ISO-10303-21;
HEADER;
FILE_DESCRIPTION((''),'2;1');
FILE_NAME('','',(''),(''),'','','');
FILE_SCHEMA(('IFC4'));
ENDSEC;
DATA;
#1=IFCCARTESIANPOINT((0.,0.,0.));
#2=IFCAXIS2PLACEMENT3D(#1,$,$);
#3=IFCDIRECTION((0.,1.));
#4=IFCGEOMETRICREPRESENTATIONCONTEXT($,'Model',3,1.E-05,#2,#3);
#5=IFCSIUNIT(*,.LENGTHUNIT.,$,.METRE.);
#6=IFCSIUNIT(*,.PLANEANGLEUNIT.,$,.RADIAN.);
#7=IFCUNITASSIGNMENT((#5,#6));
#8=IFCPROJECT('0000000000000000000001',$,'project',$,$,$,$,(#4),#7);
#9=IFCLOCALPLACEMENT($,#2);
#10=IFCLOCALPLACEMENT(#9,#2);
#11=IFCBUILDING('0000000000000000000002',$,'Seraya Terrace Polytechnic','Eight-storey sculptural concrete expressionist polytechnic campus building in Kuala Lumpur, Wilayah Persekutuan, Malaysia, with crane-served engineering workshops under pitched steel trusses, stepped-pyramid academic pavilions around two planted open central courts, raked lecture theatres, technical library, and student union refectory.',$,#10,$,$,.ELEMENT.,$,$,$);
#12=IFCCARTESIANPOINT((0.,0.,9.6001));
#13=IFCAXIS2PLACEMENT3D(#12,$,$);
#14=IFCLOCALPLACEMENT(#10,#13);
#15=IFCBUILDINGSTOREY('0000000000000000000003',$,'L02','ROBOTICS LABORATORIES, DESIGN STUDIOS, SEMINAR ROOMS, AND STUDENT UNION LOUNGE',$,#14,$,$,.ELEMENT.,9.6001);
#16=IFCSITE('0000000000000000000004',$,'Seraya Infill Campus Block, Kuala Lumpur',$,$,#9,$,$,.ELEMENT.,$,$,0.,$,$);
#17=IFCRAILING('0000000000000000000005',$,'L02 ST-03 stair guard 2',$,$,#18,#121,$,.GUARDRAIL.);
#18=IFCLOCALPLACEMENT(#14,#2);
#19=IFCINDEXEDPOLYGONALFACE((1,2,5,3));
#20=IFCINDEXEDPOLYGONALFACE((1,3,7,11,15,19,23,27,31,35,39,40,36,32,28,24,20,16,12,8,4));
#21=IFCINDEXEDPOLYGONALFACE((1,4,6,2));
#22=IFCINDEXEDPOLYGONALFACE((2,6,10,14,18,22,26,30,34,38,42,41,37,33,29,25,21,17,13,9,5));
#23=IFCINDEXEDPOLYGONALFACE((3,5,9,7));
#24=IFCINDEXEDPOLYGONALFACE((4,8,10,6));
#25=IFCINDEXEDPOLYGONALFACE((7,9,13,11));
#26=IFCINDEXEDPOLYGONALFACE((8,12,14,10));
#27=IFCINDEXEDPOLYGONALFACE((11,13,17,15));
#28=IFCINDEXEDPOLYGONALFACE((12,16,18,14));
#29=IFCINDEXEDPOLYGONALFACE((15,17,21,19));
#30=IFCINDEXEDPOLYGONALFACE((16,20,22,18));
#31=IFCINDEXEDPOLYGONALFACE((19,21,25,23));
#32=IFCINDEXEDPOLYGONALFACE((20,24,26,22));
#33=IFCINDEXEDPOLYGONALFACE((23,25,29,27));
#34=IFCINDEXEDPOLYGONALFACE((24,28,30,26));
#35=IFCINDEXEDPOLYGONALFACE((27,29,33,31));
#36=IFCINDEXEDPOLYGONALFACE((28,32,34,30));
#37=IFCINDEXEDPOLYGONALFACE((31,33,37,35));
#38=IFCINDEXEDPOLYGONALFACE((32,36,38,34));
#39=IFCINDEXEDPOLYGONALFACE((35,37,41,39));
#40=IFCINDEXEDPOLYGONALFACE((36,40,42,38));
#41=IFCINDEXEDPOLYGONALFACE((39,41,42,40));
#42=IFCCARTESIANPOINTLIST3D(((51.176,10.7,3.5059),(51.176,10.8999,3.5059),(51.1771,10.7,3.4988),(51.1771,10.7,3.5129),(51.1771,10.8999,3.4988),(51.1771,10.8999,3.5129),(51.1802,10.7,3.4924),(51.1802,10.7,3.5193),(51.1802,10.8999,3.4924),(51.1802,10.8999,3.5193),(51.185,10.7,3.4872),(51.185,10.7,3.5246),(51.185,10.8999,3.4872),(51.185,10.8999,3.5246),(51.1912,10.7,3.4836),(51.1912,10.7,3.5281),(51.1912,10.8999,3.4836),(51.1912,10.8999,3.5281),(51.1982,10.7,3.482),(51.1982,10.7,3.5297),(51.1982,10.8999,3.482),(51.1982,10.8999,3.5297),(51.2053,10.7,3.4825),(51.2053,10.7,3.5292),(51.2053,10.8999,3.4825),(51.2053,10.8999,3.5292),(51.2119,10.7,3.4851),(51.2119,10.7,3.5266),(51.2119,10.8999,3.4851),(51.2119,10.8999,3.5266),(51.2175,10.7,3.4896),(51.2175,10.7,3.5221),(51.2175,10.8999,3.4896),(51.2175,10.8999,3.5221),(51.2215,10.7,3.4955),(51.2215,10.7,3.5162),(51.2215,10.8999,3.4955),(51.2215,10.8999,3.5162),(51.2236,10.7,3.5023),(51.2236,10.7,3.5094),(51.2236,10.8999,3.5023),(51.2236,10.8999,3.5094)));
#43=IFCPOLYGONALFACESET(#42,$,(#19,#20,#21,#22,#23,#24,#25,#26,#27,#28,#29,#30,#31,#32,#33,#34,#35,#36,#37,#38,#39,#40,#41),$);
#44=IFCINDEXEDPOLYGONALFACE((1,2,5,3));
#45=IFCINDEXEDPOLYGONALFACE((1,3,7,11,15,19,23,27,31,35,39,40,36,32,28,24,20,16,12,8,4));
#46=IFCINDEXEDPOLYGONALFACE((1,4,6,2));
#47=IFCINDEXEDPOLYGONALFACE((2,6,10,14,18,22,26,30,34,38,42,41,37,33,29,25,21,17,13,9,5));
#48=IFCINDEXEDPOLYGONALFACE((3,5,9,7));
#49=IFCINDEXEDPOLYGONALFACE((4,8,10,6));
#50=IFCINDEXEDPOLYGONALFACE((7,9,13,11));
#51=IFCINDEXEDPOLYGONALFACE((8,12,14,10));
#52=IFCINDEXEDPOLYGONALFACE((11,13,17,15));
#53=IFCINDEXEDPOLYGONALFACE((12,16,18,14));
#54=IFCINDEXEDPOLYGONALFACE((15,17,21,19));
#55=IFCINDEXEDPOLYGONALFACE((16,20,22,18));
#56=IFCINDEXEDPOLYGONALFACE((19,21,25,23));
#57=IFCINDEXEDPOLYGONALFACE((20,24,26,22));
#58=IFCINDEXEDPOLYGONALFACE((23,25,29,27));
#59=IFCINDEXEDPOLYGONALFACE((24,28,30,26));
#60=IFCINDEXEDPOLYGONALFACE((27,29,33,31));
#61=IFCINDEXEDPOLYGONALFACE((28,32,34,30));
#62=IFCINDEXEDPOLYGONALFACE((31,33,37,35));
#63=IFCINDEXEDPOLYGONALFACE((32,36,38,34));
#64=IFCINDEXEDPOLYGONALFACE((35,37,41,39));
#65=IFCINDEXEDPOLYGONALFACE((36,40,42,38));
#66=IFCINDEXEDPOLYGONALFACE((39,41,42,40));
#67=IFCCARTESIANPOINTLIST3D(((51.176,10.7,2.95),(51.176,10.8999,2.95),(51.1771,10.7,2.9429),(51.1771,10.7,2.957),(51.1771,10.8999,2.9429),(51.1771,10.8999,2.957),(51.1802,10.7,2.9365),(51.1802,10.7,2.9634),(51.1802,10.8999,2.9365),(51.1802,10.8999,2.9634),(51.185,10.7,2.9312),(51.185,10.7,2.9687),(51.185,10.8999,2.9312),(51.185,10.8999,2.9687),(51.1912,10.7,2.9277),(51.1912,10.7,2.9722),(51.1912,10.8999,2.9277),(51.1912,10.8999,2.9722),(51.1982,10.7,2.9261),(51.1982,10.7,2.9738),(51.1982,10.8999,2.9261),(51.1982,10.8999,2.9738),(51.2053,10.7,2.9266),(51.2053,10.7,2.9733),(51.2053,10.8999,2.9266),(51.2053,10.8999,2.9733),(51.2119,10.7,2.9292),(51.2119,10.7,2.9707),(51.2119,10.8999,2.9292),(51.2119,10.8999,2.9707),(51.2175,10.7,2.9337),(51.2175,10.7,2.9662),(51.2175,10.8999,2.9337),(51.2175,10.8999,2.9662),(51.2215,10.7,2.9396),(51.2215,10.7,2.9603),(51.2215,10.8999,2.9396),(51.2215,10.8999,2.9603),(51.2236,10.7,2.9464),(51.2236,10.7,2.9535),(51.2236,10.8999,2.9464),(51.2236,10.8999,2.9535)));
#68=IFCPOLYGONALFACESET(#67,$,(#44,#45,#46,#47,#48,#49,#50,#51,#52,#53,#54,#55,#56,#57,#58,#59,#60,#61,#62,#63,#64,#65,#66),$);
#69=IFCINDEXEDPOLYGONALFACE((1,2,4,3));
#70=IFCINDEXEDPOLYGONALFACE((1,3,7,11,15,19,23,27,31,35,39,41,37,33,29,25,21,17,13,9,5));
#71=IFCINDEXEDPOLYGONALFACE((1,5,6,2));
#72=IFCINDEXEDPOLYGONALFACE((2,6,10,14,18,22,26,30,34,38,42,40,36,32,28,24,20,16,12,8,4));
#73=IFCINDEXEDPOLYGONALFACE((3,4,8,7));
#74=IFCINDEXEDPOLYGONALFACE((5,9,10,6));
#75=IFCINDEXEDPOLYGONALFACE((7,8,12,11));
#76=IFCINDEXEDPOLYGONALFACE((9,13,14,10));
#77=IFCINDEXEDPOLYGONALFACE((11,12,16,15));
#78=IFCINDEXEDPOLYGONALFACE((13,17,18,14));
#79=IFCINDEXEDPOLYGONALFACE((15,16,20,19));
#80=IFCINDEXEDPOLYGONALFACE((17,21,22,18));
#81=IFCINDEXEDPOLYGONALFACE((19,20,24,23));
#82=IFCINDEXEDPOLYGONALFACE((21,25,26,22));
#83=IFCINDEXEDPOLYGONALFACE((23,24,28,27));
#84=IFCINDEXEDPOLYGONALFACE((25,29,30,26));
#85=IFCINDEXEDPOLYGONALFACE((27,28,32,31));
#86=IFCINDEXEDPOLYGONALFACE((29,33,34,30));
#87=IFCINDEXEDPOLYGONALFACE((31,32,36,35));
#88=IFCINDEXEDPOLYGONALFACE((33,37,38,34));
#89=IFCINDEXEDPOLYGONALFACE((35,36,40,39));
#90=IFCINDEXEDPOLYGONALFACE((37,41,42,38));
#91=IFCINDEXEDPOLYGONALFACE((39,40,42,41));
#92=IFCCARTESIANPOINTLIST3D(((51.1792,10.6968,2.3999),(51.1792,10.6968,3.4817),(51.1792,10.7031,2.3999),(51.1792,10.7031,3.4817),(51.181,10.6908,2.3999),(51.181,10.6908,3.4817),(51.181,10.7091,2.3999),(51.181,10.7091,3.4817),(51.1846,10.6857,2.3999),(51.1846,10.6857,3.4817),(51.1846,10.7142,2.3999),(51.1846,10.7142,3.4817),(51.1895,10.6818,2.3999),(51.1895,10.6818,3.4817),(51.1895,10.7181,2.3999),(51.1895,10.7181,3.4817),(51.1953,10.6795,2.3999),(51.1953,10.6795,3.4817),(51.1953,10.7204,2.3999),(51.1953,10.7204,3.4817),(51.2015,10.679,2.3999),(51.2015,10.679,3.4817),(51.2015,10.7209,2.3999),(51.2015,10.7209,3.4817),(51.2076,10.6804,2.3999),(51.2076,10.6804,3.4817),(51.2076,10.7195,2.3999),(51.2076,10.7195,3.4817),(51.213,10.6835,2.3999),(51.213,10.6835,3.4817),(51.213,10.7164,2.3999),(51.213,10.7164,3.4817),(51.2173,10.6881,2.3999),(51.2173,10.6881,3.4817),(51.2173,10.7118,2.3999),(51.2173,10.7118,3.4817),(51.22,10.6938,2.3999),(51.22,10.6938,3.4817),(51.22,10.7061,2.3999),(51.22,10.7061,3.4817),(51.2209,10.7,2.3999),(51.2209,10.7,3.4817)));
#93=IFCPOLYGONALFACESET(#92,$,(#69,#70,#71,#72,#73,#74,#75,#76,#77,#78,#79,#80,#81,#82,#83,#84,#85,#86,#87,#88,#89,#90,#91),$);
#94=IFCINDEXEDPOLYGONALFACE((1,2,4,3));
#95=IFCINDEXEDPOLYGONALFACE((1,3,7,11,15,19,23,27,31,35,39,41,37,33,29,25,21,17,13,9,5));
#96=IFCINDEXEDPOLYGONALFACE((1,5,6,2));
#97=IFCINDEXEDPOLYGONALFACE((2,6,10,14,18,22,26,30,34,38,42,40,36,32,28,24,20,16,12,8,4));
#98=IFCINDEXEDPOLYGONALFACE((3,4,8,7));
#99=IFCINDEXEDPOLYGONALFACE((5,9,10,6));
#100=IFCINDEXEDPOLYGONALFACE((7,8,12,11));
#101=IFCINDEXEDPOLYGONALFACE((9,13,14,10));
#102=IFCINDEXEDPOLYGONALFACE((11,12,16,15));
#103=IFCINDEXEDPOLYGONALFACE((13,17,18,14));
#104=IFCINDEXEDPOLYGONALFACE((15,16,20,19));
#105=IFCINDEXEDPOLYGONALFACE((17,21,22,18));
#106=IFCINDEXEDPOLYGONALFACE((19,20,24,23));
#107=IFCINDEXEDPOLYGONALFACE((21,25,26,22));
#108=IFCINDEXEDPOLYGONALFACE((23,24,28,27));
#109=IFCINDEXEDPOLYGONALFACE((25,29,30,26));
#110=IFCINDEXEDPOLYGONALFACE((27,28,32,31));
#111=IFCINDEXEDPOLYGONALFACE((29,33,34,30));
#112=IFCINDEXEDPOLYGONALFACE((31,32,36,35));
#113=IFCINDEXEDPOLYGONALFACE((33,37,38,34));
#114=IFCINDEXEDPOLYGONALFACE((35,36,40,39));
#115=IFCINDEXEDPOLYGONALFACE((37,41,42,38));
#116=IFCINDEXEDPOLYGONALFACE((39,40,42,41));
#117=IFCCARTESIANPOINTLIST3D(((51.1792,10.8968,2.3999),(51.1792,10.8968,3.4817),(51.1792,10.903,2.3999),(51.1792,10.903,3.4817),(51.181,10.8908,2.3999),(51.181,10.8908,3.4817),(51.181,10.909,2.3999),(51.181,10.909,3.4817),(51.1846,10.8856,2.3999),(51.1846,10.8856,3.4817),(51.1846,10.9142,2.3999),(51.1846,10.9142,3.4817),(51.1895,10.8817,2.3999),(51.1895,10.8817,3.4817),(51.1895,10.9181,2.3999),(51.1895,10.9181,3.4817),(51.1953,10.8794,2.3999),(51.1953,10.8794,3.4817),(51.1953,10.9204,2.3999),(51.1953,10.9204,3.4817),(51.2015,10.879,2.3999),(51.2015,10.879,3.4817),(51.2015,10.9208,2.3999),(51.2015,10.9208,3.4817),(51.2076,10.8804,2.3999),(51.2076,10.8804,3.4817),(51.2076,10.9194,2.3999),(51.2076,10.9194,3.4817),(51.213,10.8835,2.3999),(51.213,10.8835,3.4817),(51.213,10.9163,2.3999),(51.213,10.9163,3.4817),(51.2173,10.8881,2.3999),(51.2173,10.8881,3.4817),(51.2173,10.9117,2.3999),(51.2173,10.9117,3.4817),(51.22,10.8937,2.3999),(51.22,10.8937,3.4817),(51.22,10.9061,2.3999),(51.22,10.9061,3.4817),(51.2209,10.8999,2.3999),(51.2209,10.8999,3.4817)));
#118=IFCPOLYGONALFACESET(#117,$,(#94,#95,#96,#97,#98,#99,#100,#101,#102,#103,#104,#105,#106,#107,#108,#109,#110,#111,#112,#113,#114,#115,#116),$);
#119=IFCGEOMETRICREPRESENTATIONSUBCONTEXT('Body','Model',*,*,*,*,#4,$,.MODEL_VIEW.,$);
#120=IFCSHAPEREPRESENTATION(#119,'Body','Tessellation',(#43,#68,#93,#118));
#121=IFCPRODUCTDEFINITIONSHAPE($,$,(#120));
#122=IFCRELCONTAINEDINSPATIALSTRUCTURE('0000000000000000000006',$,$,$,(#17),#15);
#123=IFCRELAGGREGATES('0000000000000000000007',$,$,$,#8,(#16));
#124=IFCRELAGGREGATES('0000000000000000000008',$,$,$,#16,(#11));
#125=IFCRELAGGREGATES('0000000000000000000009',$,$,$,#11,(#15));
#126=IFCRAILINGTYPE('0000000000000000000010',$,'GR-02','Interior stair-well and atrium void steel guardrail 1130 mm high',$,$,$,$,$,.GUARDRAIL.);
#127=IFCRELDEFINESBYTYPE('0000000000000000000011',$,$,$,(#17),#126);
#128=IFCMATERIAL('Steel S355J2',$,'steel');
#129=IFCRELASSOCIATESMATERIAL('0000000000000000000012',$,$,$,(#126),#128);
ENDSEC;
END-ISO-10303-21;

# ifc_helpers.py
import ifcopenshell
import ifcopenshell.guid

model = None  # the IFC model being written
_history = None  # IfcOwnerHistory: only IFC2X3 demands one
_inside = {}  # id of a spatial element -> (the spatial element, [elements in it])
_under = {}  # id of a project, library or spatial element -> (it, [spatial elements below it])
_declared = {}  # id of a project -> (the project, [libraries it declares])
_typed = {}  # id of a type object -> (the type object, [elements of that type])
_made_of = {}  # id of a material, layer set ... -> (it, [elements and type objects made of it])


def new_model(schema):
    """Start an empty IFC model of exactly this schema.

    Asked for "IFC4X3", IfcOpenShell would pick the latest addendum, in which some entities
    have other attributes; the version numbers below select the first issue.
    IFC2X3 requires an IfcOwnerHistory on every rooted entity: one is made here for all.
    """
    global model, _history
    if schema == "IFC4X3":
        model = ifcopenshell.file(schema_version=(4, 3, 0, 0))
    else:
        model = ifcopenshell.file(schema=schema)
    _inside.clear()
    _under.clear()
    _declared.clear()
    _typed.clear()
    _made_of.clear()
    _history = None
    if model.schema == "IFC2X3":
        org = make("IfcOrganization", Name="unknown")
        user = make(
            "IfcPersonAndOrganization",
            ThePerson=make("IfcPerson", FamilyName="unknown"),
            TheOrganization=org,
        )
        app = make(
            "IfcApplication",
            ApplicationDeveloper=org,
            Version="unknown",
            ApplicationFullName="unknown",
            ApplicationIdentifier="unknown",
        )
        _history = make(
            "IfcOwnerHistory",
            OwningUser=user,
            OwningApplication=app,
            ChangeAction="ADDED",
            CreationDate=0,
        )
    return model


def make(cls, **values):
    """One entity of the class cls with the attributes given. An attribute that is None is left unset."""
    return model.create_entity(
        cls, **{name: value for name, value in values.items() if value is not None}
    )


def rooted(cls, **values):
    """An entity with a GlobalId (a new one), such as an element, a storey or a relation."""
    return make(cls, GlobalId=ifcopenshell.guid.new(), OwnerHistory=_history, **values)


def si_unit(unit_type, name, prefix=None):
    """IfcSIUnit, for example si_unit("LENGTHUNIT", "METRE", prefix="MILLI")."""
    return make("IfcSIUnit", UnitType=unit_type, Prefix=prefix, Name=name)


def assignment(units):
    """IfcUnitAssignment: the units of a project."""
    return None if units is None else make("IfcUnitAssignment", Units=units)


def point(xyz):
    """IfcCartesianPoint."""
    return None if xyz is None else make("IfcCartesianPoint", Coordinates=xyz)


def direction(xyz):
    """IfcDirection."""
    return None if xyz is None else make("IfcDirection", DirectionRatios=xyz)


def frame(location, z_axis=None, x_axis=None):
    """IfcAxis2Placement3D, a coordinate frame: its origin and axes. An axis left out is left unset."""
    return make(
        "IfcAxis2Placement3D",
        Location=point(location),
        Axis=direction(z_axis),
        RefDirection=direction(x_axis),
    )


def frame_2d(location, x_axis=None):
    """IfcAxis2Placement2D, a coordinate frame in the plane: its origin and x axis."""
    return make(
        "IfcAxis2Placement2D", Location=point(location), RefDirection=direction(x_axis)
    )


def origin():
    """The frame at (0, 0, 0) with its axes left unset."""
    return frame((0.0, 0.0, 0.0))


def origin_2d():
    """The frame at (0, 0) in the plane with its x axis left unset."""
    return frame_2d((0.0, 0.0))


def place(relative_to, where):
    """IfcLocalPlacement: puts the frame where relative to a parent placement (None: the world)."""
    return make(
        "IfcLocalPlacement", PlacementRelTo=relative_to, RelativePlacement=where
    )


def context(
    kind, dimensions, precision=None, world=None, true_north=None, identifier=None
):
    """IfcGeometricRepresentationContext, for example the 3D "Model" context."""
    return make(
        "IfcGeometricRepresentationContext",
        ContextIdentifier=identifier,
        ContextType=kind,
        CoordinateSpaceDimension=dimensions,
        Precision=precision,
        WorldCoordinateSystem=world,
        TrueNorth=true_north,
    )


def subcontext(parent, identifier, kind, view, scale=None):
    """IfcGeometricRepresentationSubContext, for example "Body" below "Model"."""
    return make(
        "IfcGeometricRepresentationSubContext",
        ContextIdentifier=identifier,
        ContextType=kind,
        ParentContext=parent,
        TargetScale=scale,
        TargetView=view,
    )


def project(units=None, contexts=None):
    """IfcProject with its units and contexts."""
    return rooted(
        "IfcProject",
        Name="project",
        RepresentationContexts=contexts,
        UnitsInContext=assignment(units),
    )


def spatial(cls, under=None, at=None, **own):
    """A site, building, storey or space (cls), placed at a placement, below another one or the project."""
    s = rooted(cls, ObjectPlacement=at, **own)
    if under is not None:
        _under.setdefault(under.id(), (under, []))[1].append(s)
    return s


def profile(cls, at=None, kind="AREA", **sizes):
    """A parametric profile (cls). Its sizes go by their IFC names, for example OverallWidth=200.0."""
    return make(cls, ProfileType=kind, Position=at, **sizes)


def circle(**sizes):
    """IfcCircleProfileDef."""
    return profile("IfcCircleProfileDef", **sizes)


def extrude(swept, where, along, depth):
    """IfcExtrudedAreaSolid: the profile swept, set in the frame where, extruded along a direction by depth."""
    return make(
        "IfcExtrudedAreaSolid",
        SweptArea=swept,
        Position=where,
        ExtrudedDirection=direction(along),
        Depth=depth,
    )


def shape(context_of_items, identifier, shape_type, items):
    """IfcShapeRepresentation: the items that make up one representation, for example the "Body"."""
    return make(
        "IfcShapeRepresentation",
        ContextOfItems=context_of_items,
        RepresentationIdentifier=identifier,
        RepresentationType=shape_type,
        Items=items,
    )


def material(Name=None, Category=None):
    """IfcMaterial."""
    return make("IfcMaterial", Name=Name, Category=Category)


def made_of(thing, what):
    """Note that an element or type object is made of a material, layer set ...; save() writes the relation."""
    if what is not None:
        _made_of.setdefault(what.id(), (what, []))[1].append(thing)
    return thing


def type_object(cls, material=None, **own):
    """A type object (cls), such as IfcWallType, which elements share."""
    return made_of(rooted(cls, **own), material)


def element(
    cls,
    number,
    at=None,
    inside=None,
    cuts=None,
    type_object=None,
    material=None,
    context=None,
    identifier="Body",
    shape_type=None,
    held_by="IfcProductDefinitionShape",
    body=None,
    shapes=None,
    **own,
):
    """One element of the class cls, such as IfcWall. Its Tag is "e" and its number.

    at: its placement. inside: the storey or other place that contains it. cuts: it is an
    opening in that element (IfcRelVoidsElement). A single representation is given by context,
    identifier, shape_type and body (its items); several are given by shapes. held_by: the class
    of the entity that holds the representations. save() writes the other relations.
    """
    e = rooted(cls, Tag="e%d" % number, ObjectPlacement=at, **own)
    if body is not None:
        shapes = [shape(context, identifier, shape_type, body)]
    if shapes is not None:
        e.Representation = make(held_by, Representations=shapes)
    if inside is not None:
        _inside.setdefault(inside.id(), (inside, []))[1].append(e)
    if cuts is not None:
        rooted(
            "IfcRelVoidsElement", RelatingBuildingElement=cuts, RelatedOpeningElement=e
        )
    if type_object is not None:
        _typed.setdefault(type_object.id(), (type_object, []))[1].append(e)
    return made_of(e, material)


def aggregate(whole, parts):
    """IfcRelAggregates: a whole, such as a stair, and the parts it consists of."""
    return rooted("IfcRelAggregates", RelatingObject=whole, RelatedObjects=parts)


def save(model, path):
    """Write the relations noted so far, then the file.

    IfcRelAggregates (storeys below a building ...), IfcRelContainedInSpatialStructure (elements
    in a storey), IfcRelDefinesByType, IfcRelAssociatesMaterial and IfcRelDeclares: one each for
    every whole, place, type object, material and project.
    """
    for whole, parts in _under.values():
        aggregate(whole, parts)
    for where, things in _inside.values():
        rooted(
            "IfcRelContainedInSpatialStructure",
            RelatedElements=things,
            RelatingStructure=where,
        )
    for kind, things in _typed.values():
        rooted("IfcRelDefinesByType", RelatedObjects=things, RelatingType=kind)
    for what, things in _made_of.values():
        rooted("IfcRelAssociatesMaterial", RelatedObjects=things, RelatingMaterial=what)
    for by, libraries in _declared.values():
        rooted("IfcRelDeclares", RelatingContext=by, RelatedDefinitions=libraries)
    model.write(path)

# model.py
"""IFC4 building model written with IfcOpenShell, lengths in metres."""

from ifc_helpers import new_model, si_unit, direction, frame, origin, origin_2d, place, context, subcontext, project, spatial, circle, extrude, material, type_object, element, save


model = new_model("IFC4")

# Units and contexts
model_context = context("Model", 3, precision=1e-05, world=origin(), true_north=direction((0.0, 1.0)))
body_context = subcontext(model_context, "Body", "Model", "MODEL_VIEW")
ifc_project = project(units=[si_unit("LENGTHUNIT", "METRE"), si_unit("PLANEANGLEUNIT", "RADIAN")], contexts=[model_context])

# Site, building, storey
site_placement = place(None, origin())
site = spatial("IfcSite", under=ifc_project, at=site_placement, Name="Seraya Infill Campus Block, Kuala Lumpur", CompositionType="ELEMENT", RefElevation=0.0)
building_placement = place(site_placement, origin())
building = spatial("IfcBuilding", under=site, at=building_placement, Name="Seraya Terrace Polytechnic", Description="Eight-storey sculptural concrete expressionist polytechnic campus building in Kuala Lumpur, Wilayah Persekutuan, Malaysia, with crane-served engineering workshops under pitched steel trusses, stepped-pyramid academic pavilions around two planted open central courts, raked lecture theatres, technical library, and student union refectory.", CompositionType="ELEMENT")
storey_placement = place(building_placement, frame((0.0, 0.0, 9.6001)))
storey = spatial("IfcBuildingStorey", under=building, at=storey_placement, Name="L02", Description="ROBOTICS LABORATORIES, DESIGN STUDIOS, SEMINAR ROOMS, AND STUDENT UNION LOUNGE", CompositionType="ELEMENT", Elevation=9.6001)

# Shared definitions
ifc_material_1 = material(Name="Steel S355J2", Category="steel")

# Railing
railing_type_1 = type_object("IfcRailingType", Name="GR-02", Description="Interior stair-well and atrium void steel guardrail 1130 mm high", PredefinedType="GUARDRAIL", material=ifc_material_1)
railing_1_placement = place(storey_placement, frame((51.2, 10.7, 2.3999)))
element("IfcRailing", 1, at=railing_1_placement, inside=storey, type_object=railing_type_1, Name="L02 ST-03 stair guard 2", PredefinedType="GUARDRAIL", context=body_context, shape_type="SweptSolid", body=[
    extrude(circle(Radius=0.0239, at=origin_2d()), frame((0.0, 0.0, 1.106), z_axis=(0.0, 1.0, 0.0), x_axis=(-1.0, 0.0, 0.0)), (0.0, 0.0, 1.0), 0.2),
    extrude(circle(Radius=0.0239, at=origin_2d()), frame((0.0, 0.0, 0.55), z_axis=(0.0, 1.0, 0.0), x_axis=(-1.0, 0.0, 0.0)), (0.0, 0.0, 1.0), 0.2),
    extrude(circle(Radius=0.021, at=origin_2d()), origin(), (0.0, 0.0, 1.0), 1.0818),
    extrude(circle(Radius=0.021, at=origin_2d()), frame((0.0, 0.2, 0.0)), (0.0, 0.0, 1.0), 1.0818),
])

save(model, "model.ifc")
